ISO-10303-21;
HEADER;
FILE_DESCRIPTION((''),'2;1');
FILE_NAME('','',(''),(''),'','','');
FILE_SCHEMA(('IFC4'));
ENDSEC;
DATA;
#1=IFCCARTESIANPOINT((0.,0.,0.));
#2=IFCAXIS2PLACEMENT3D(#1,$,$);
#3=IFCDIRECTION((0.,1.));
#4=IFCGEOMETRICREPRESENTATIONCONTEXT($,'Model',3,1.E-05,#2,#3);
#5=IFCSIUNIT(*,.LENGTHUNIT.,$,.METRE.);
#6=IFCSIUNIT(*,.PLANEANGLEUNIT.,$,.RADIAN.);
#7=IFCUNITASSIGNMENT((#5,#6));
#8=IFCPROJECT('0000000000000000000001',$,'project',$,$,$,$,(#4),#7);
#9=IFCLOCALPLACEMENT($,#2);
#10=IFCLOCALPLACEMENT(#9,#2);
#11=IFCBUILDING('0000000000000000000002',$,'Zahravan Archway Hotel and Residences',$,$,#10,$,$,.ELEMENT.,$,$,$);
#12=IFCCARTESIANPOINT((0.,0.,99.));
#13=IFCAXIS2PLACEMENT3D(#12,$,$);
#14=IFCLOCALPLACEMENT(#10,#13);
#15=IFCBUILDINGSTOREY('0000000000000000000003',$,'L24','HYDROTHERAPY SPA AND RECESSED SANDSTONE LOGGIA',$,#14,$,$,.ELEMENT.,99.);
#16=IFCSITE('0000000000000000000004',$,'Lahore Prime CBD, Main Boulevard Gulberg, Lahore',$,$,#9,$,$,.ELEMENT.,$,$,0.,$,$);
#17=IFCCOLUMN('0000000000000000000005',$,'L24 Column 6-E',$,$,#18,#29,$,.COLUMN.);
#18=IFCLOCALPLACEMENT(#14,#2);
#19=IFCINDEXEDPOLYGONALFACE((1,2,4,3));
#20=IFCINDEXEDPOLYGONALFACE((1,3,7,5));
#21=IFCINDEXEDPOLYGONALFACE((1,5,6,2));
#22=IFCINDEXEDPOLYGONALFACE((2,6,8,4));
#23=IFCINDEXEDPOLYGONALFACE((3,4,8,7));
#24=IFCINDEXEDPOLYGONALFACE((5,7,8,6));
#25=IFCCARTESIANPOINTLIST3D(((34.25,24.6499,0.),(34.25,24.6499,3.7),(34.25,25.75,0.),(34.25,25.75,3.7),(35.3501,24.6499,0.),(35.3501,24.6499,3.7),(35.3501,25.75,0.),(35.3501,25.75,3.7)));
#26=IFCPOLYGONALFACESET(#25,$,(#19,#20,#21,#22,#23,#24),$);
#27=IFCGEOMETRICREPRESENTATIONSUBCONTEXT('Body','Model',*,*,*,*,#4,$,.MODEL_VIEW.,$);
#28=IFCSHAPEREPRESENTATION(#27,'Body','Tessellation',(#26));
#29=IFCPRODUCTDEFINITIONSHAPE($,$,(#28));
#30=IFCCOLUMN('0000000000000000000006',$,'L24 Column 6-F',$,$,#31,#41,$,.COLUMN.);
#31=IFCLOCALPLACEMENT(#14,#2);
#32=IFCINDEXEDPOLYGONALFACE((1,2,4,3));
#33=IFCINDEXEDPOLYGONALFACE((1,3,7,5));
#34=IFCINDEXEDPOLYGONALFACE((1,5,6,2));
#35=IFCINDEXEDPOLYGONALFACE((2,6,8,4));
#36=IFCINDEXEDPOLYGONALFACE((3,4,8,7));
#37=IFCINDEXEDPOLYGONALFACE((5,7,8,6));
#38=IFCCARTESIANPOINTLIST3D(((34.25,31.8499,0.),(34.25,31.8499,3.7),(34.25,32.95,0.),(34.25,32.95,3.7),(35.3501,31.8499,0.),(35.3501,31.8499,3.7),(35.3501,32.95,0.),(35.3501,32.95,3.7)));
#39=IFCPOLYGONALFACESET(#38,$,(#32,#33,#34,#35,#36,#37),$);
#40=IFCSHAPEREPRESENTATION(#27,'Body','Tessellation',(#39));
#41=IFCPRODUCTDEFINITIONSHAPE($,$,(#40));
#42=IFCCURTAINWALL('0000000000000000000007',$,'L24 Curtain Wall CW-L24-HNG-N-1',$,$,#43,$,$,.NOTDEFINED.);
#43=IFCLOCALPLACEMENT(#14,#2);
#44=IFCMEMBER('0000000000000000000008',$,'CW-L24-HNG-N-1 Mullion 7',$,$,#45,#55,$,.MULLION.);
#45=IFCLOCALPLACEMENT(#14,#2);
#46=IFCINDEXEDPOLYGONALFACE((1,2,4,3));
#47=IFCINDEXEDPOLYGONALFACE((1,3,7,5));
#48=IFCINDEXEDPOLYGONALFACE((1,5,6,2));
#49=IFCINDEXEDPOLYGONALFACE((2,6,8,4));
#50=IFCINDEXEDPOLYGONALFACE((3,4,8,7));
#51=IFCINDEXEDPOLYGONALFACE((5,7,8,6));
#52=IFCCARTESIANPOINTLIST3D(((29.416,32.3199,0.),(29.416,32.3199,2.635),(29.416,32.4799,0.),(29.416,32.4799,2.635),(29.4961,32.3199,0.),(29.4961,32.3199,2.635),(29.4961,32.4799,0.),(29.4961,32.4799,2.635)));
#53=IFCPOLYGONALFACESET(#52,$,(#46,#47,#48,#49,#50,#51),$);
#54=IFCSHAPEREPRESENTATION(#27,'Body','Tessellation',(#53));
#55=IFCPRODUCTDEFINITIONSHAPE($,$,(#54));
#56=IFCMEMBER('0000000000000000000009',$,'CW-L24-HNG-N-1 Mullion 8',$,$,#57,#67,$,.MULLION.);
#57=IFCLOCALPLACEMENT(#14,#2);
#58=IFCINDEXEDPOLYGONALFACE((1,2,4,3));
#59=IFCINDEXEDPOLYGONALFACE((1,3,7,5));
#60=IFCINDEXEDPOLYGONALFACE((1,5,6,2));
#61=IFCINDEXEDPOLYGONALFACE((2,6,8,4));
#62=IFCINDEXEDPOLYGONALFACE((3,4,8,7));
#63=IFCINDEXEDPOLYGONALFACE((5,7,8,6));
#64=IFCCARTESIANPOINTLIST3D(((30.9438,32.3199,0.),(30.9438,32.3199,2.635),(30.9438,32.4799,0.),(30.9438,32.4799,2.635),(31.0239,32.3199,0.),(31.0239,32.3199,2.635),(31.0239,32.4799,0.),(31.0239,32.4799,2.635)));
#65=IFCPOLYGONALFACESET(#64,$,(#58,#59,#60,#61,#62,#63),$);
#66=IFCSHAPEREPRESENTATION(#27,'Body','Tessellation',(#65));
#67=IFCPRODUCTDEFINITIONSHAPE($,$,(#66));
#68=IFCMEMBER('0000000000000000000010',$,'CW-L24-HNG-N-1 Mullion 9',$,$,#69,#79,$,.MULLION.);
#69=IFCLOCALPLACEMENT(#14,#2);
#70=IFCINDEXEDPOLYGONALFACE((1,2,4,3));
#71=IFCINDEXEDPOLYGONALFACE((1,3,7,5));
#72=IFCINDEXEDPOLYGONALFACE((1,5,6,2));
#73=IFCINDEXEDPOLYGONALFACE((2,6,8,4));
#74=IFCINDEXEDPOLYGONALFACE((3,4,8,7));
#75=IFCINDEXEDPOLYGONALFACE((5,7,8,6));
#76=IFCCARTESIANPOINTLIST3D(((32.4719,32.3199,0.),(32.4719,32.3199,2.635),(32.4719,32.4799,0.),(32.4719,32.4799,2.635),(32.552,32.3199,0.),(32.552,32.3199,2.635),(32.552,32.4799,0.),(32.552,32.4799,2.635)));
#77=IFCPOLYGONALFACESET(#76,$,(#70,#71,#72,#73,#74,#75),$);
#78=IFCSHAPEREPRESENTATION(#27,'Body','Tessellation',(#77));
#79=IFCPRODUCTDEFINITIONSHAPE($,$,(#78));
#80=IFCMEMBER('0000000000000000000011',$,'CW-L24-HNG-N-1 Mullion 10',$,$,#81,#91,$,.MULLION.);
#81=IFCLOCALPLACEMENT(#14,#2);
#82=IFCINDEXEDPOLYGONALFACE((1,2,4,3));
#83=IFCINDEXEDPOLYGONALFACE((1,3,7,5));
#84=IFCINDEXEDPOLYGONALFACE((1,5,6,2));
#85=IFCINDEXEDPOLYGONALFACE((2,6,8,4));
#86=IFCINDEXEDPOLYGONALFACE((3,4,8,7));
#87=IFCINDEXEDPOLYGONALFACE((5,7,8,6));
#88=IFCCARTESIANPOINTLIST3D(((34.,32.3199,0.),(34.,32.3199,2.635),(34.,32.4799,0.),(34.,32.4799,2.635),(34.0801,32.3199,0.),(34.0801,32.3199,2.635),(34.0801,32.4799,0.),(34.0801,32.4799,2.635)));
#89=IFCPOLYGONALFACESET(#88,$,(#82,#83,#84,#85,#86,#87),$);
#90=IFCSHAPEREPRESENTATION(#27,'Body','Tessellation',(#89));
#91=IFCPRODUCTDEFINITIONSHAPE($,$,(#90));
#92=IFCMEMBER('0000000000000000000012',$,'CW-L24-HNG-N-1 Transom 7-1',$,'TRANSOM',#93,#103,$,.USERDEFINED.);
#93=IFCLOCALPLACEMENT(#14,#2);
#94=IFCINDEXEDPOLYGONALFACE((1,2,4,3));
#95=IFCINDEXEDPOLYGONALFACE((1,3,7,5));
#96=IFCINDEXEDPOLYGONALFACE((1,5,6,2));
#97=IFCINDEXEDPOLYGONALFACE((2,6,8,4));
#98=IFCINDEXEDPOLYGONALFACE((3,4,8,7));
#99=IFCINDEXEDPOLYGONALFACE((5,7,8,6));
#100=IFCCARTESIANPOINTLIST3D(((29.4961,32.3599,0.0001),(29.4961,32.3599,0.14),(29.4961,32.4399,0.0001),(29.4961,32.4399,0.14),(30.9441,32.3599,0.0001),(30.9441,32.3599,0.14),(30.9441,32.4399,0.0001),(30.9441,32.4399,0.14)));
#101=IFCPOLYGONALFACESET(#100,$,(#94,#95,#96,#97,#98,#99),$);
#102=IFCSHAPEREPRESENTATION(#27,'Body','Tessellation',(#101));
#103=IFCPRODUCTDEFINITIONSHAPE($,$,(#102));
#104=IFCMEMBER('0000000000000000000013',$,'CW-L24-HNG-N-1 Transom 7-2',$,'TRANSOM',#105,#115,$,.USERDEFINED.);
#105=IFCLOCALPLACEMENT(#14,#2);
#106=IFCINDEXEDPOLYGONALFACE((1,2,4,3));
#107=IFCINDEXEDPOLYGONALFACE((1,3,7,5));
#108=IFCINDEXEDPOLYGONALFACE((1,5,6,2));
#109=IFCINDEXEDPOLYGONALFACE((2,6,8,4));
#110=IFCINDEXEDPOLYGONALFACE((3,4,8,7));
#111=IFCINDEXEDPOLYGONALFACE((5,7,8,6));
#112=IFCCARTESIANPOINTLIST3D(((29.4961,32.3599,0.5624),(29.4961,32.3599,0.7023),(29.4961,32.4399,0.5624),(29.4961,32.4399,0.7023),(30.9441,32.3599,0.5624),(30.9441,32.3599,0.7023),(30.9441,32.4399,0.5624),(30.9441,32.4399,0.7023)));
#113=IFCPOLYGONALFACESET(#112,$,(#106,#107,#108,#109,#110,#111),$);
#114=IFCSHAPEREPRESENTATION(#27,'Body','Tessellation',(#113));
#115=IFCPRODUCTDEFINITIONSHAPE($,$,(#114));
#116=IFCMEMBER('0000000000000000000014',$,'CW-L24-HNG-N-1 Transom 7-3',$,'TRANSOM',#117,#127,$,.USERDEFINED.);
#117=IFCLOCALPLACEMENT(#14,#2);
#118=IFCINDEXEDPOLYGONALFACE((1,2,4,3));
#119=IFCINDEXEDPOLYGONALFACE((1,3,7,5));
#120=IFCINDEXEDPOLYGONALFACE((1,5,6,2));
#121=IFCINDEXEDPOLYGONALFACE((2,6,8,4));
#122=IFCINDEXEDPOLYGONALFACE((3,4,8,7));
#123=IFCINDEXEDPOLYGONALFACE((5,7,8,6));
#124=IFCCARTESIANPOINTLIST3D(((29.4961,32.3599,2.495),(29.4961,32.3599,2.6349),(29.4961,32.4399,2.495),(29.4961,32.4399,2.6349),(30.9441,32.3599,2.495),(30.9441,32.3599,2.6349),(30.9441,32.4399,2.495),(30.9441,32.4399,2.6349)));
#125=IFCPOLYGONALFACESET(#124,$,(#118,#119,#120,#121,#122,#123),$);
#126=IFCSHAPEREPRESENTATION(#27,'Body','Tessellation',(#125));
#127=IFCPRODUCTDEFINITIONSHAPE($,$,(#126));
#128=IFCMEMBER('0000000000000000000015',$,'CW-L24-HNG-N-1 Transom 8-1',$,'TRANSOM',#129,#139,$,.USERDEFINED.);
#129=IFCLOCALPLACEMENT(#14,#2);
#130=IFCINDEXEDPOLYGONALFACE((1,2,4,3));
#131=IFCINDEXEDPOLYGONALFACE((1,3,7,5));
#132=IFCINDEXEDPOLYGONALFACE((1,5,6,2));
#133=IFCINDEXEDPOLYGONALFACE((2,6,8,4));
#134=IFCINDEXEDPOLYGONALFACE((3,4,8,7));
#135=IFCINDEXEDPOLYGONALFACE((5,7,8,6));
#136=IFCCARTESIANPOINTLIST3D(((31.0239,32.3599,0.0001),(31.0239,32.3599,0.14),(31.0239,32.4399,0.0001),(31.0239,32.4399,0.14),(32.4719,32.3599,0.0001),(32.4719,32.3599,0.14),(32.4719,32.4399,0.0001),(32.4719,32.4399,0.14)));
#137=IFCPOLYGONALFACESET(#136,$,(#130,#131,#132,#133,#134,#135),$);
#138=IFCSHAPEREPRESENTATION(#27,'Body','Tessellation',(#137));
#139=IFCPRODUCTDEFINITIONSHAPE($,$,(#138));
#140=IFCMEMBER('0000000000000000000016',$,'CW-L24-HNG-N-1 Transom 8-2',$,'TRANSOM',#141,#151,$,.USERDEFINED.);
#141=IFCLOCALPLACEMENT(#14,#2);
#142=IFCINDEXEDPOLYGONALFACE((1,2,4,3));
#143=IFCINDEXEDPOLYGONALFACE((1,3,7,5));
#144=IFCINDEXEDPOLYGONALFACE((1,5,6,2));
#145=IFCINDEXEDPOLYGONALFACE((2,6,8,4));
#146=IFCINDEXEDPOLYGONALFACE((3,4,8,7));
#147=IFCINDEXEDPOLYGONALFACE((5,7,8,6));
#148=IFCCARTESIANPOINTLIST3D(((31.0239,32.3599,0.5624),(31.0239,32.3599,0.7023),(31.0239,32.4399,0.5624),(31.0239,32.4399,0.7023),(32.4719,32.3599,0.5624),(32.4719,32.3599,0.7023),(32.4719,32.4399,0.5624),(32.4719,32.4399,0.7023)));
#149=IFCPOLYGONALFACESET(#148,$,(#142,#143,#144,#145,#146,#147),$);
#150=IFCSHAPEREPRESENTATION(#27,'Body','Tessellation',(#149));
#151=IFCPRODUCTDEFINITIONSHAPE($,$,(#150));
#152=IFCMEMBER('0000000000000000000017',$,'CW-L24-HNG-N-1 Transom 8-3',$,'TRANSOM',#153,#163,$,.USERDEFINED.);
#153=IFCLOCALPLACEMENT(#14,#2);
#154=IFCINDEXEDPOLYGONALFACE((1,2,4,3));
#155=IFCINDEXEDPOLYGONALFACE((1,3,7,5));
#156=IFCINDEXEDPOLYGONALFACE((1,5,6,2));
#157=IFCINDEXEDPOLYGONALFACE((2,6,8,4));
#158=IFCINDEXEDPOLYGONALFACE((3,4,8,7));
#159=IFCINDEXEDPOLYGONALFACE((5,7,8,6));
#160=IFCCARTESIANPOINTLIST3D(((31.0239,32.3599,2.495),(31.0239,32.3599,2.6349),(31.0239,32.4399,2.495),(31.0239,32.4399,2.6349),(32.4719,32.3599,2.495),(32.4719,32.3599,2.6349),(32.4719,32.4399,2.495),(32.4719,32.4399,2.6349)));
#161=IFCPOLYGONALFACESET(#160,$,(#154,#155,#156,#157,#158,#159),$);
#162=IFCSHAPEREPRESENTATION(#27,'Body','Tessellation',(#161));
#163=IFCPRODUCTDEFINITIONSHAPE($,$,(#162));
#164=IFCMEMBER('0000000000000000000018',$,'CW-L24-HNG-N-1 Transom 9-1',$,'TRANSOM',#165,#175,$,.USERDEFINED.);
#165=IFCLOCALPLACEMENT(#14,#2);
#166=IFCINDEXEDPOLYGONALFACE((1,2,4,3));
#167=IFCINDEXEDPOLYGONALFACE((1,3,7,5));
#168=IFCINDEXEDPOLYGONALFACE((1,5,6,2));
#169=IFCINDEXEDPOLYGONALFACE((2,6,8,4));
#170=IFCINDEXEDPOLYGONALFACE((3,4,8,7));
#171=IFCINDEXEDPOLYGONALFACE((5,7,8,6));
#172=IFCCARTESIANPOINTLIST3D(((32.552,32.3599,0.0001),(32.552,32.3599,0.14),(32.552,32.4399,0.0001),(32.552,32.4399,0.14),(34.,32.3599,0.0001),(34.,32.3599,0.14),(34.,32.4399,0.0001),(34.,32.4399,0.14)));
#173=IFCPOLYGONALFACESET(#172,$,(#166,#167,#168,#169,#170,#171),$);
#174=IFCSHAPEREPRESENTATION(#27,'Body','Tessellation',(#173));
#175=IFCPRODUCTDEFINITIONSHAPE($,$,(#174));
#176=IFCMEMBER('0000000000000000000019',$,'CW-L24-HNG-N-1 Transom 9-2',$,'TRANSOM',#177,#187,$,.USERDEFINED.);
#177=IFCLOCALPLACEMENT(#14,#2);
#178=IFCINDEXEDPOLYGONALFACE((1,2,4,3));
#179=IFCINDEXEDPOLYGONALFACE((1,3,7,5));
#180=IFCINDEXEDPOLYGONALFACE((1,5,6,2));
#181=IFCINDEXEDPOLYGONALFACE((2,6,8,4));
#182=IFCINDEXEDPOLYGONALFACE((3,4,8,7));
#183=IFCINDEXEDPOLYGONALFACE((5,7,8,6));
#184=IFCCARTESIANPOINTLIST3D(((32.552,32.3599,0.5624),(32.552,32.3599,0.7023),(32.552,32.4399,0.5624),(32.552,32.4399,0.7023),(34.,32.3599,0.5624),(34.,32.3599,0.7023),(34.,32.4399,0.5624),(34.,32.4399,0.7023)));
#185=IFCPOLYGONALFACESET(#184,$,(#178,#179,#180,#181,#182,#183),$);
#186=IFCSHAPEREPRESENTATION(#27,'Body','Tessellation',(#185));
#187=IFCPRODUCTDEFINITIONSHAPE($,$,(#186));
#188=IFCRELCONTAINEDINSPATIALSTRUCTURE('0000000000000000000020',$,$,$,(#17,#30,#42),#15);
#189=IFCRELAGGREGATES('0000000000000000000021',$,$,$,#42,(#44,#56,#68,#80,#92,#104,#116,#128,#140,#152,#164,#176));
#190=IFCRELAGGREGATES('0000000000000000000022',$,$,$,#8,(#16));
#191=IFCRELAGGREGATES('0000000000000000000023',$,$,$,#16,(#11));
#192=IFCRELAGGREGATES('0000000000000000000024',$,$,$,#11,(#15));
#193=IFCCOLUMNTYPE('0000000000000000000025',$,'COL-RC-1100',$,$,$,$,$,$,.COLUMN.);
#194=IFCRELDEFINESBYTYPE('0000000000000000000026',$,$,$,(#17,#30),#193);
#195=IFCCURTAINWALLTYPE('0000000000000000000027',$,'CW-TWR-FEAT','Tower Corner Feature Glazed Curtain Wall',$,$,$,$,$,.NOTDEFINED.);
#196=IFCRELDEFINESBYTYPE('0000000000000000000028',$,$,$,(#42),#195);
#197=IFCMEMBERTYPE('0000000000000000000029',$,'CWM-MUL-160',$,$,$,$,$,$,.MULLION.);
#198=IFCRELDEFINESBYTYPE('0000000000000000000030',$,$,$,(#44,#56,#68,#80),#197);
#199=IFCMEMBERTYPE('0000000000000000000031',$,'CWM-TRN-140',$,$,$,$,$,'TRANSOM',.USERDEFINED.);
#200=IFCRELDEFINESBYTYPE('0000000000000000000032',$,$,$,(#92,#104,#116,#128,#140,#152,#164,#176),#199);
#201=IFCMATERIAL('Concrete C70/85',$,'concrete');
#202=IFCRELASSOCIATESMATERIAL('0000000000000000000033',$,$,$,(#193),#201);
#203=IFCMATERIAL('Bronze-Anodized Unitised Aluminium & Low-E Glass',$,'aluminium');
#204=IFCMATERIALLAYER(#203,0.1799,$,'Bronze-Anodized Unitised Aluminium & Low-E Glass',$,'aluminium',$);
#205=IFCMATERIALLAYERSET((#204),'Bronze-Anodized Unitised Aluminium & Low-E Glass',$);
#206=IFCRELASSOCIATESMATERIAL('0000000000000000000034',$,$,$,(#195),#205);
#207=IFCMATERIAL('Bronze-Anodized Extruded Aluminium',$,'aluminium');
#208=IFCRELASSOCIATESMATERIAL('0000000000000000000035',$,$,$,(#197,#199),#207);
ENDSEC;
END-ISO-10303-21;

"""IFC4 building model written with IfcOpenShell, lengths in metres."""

from ifc_helpers import new_model, si_unit, direction, frame, origin, origin_2d, place, context, subcontext, project, spatial, rectangle, extrude, source, transform, mapped, material, layer, layer_set, material_profile, profile_set, type_object, element, aggregate, save


model = new_model("IFC4")

# Units and contexts
model_context = context("Model", 3, precision=1e-05, world=origin(), true_north=direction((0.0, 1.0)))
body_context = subcontext(model_context, "Body", "Model", "MODEL_VIEW")
ifc_project = project(units=[si_unit("LENGTHUNIT", "METRE"), si_unit("PLANEANGLEUNIT", "RADIAN")], contexts=[model_context])

# Site, building, storey
site_placement = place(None, origin())
site = spatial("IfcSite", under=ifc_project, at=site_placement, Name="Lahore Prime CBD, Main Boulevard Gulberg, Lahore", CompositionType="ELEMENT", RefElevation=0.0)
building_placement = place(site_placement, origin())
building = spatial("IfcBuilding", under=site, at=building_placement, Name="Zahravan Archway Hotel and Residences", CompositionType="ELEMENT")
storey_placement = place(building_placement, frame((0.0, 0.0, 99.0)))
storey = spatial("IfcBuildingStorey", under=building, at=storey_placement, Name="L24", Description="HYDROTHERAPY SPA AND RECESSED SANDSTONE LOGGIA", CompositionType="ELEMENT", Elevation=99.0)

# Columns
ifc_material_1 = material(Name="Concrete C70/85", Category="concrete")
ifc_material_profile_1 = material_profile(ifc_material_1, rectangle(XDim=1.1001, YDim=1.1001, at=origin_2d()), Name="RC 1100x1100", Category="concrete")
ifc_profile_set_1 = profile_set([ifc_material_profile_1], Name="Concrete C70/85")
column_type = type_object("IfcColumnType", Name="COL-RC-1100", PredefinedType="COLUMN", material=ifc_profile_set_1)
shared_shape_1 = source(origin(), body_context, "Body", "SweptSolid", [
    extrude(rectangle(XDim=1.1001, YDim=1.1001, at=origin_2d()), origin(), (0.0, 0.0, 1.0), 3.7),
])
for number, where, z_axis, x_axis, name in (
    (1, (34.8, 25.2, 0.0), (0.0, 0.0, 1.0), (1.0, 0.0, 0.0), "L24 Column 6-E"),
    (2, (34.8, 32.3999, 0.0), (0.0, 0.0, 1.0), (1.0, 0.0, 0.0), "L24 Column 6-F"),
):
    element("IfcColumn", number, at=place(storey_placement, frame(where, z_axis=z_axis, x_axis=x_axis)), inside=storey, type_object=column_type, Name=name, PredefinedType="COLUMN", context=body_context, shape_type="MappedRepresentation", body=[
        mapped(shared_shape_1, transform((0.0, 0.0, 0.0), scale=1.0)),
    ])

# Curtain wall, members
ifc_material_2 = material(Name="Bronze-Anodized Unitised Aluminium & Low-E Glass", Category="aluminium")
ifc_layer_1 = layer(ifc_material_2, 0.1799, Name="Bronze-Anodized Unitised Aluminium & Low-E Glass", Category="aluminium")
ifc_layer_set_1 = layer_set([ifc_layer_1], Name="Bronze-Anodized Unitised Aluminium & Low-E Glass")
curtain_wall_type_1 = type_object("IfcCurtainWallType", Name="CW-TWR-FEAT", Description="Tower Corner Feature Glazed Curtain Wall", PredefinedType="NOTDEFINED", material=ifc_layer_set_1)
curtain_wall_1_placement = place(storey_placement, origin())
curtain_wall_1 = element("IfcCurtainWall", 3, at=curtain_wall_1_placement, inside=storey, type_object=curtain_wall_type_1, Name="L24 Curtain Wall CW-L24-HNG-N-1", PredefinedType="NOTDEFINED")
ifc_material_3 = material(Name="Bronze-Anodized Extruded Aluminium", Category="aluminium")
ifc_material_profile_2 = material_profile(ifc_material_3, rectangle(XDim=0.0801, YDim=0.1599, at=origin_2d()), Name="MUL 80x160", Category="aluminium")
ifc_profile_set_2 = profile_set([ifc_material_profile_2], Name="Bronze-Anodized Extruded Aluminium")
member_type_1 = type_object("IfcMemberType", Name="CWM-MUL-160", PredefinedType="MULLION", material=ifc_profile_set_2)
shared_shape_2 = source(origin(), body_context, "Body", "SweptSolid", [
    extrude(rectangle(XDim=0.0801, YDim=0.1599, at=origin_2d()), origin(), (0.0, 0.0, 1.0), 2.635),
])
member_1_placement = place(storey_placement, frame((29.4561, 32.3999, 0.0), z_axis=(0.0, 0.0, 1.0), x_axis=(1.0, 0.0, 0.0)))
member_1 = element("IfcMember", 4, at=member_1_placement, type_object=member_type_1, Name="CW-L24-HNG-N-1 Mullion 7", PredefinedType="MULLION", context=body_context, shape_type="MappedRepresentation", body=[
    mapped(shared_shape_2, transform((0.0, 0.0, 0.0), scale=1.0)),
])
member_2_placement = place(storey_placement, frame((30.9839, 32.3999, 0.0), z_axis=(0.0, 0.0, 1.0), x_axis=(1.0, 0.0, 0.0)))
member_2 = element("IfcMember", 5, at=member_2_placement, type_object=member_type_1, Name="CW-L24-HNG-N-1 Mullion 8", PredefinedType="MULLION", context=body_context, shape_type="MappedRepresentation", body=[
    mapped(shared_shape_2, transform((0.0, 0.0, 0.0), scale=1.0)),
])
member_3_placement = place(storey_placement, frame((32.512, 32.3999, 0.0), z_axis=(0.0, 0.0, 1.0), x_axis=(1.0, 0.0, 0.0)))
member_3 = element("IfcMember", 6, at=member_3_placement, type_object=member_type_1, Name="CW-L24-HNG-N-1 Mullion 9", PredefinedType="MULLION", context=body_context, shape_type="MappedRepresentation", body=[
    mapped(shared_shape_2, transform((0.0, 0.0, 0.0), scale=1.0)),
])
member_4_placement = place(storey_placement, frame((34.04, 32.3999, 0.0), z_axis=(0.0, 0.0, 1.0), x_axis=(1.0, 0.0, 0.0)))
member_4 = element("IfcMember", 7, at=member_4_placement, type_object=member_type_1, Name="CW-L24-HNG-N-1 Mullion 10", PredefinedType="MULLION", context=body_context, shape_type="MappedRepresentation", body=[
    mapped(shared_shape_2, transform((0.0, 0.0, 0.0), scale=1.0)),
])
ifc_material_profile_3 = material_profile(ifc_material_3, rectangle(XDim=0.0801, YDim=0.1399, at=origin_2d()), Name="TRN 80x140", Category="aluminium")
ifc_profile_set_3 = profile_set([ifc_material_profile_3], Name="Bronze-Anodized Extruded Aluminium")
member_type_2 = type_object("IfcMemberType", Name="CWM-TRN-140", ElementType="TRANSOM", PredefinedType="USERDEFINED", material=ifc_profile_set_3)
shared_shape_3 = source(origin(), body_context, "Body", "SweptSolid", [
    extrude(rectangle(XDim=0.0801, YDim=0.1399, at=origin_2d()), origin(), (0.0, 0.0, 1.0), 1.448),
])
member_5_placement = place(storey_placement, frame((29.4961, 32.3999, 0.0701), z_axis=(1.0, 0.0, 0.0), x_axis=(0.0, 1.0, 0.0)))
member_5 = element("IfcMember", 8, at=member_5_placement, type_object=member_type_2, Name="CW-L24-HNG-N-1 Transom 7-1", ObjectType="TRANSOM", PredefinedType="USERDEFINED", context=body_context, shape_type="MappedRepresentation", body=[
    mapped(shared_shape_3, transform((0.0, 0.0, 0.0), scale=1.0)),
])
member_6_placement = place(storey_placement, frame((29.4961, 32.3999, 0.6323), z_axis=(1.0, 0.0, 0.0), x_axis=(0.0, 1.0, 0.0)))
member_6 = element("IfcMember", 9, at=member_6_placement, type_object=member_type_2, Name="CW-L24-HNG-N-1 Transom 7-2", ObjectType="TRANSOM", PredefinedType="USERDEFINED", context=body_context, shape_type="MappedRepresentation", body=[
    mapped(shared_shape_3, transform((0.0, 0.0, 0.0), scale=1.0)),
])
member_7_placement = place(storey_placement, frame((29.4961, 32.3999, 2.5649), z_axis=(1.0, 0.0, 0.0), x_axis=(0.0, 1.0, 0.0)))
member_7 = element("IfcMember", 10, at=member_7_placement, type_object=member_type_2, Name="CW-L24-HNG-N-1 Transom 7-3", ObjectType="TRANSOM", PredefinedType="USERDEFINED", context=body_context, shape_type="MappedRepresentation", body=[
    mapped(shared_shape_3, transform((0.0, 0.0, 0.0), scale=1.0)),
])
member_8_placement = place(storey_placement, frame((31.0239, 32.3999, 0.0701), z_axis=(1.0, 0.0, 0.0), x_axis=(0.0, 1.0, 0.0)))
member_8 = element("IfcMember", 11, at=member_8_placement, type_object=member_type_2, Name="CW-L24-HNG-N-1 Transom 8-1", ObjectType="TRANSOM", PredefinedType="USERDEFINED", context=body_context, shape_type="MappedRepresentation", body=[
    mapped(shared_shape_3, transform((0.0, 0.0, 0.0), scale=1.0)),
])
member_9_placement = place(storey_placement, frame((31.0239, 32.3999, 0.6323), z_axis=(1.0, 0.0, 0.0), x_axis=(0.0, 1.0, 0.0)))
member_9 = element("IfcMember", 12, at=member_9_placement, type_object=member_type_2, Name="CW-L24-HNG-N-1 Transom 8-2", ObjectType="TRANSOM", PredefinedType="USERDEFINED", context=body_context, shape_type="MappedRepresentation", body=[
    mapped(shared_shape_3, transform((0.0, 0.0, 0.0), scale=1.0)),
])
member_10_placement = place(storey_placement, frame((31.0239, 32.3999, 2.5649), z_axis=(1.0, 0.0, 0.0), x_axis=(0.0, 1.0, 0.0)))
member_10 = element("IfcMember", 13, at=member_10_placement, type_object=member_type_2, Name="CW-L24-HNG-N-1 Transom 8-3", ObjectType="TRANSOM", PredefinedType="USERDEFINED", context=body_context, shape_type="MappedRepresentation", body=[
    mapped(shared_shape_3, transform((0.0, 0.0, 0.0), scale=1.0)),
])
member_11_placement = place(storey_placement, frame((32.552, 32.3999, 0.0701), z_axis=(1.0, 0.0, 0.0), x_axis=(0.0, 1.0, 0.0)))
member_11 = element("IfcMember", 14, at=member_11_placement, type_object=member_type_2, Name="CW-L24-HNG-N-1 Transom 9-1", ObjectType="TRANSOM", PredefinedType="USERDEFINED", context=body_context, shape_type="MappedRepresentation", body=[
    mapped(shared_shape_3, transform((0.0, 0.0, 0.0), scale=1.0)),
])
member_12_placement = place(storey_placement, frame((32.552, 32.3999, 0.6323), z_axis=(1.0, 0.0, 0.0), x_axis=(0.0, 1.0, 0.0)))
member_12 = element("IfcMember", 15, at=member_12_placement, type_object=member_type_2, Name="CW-L24-HNG-N-1 Transom 9-2", ObjectType="TRANSOM", PredefinedType="USERDEFINED", context=body_context, shape_type="MappedRepresentation", body=[
    mapped(shared_shape_3, transform((0.0, 0.0, 0.0), scale=1.0)),
])

aggregate(curtain_wall_1, [member_1, member_2, member_3, member_4, member_5, member_6, member_7, member_8, member_9, member_10, member_11, member_12])

save(model, "model.ifc")
